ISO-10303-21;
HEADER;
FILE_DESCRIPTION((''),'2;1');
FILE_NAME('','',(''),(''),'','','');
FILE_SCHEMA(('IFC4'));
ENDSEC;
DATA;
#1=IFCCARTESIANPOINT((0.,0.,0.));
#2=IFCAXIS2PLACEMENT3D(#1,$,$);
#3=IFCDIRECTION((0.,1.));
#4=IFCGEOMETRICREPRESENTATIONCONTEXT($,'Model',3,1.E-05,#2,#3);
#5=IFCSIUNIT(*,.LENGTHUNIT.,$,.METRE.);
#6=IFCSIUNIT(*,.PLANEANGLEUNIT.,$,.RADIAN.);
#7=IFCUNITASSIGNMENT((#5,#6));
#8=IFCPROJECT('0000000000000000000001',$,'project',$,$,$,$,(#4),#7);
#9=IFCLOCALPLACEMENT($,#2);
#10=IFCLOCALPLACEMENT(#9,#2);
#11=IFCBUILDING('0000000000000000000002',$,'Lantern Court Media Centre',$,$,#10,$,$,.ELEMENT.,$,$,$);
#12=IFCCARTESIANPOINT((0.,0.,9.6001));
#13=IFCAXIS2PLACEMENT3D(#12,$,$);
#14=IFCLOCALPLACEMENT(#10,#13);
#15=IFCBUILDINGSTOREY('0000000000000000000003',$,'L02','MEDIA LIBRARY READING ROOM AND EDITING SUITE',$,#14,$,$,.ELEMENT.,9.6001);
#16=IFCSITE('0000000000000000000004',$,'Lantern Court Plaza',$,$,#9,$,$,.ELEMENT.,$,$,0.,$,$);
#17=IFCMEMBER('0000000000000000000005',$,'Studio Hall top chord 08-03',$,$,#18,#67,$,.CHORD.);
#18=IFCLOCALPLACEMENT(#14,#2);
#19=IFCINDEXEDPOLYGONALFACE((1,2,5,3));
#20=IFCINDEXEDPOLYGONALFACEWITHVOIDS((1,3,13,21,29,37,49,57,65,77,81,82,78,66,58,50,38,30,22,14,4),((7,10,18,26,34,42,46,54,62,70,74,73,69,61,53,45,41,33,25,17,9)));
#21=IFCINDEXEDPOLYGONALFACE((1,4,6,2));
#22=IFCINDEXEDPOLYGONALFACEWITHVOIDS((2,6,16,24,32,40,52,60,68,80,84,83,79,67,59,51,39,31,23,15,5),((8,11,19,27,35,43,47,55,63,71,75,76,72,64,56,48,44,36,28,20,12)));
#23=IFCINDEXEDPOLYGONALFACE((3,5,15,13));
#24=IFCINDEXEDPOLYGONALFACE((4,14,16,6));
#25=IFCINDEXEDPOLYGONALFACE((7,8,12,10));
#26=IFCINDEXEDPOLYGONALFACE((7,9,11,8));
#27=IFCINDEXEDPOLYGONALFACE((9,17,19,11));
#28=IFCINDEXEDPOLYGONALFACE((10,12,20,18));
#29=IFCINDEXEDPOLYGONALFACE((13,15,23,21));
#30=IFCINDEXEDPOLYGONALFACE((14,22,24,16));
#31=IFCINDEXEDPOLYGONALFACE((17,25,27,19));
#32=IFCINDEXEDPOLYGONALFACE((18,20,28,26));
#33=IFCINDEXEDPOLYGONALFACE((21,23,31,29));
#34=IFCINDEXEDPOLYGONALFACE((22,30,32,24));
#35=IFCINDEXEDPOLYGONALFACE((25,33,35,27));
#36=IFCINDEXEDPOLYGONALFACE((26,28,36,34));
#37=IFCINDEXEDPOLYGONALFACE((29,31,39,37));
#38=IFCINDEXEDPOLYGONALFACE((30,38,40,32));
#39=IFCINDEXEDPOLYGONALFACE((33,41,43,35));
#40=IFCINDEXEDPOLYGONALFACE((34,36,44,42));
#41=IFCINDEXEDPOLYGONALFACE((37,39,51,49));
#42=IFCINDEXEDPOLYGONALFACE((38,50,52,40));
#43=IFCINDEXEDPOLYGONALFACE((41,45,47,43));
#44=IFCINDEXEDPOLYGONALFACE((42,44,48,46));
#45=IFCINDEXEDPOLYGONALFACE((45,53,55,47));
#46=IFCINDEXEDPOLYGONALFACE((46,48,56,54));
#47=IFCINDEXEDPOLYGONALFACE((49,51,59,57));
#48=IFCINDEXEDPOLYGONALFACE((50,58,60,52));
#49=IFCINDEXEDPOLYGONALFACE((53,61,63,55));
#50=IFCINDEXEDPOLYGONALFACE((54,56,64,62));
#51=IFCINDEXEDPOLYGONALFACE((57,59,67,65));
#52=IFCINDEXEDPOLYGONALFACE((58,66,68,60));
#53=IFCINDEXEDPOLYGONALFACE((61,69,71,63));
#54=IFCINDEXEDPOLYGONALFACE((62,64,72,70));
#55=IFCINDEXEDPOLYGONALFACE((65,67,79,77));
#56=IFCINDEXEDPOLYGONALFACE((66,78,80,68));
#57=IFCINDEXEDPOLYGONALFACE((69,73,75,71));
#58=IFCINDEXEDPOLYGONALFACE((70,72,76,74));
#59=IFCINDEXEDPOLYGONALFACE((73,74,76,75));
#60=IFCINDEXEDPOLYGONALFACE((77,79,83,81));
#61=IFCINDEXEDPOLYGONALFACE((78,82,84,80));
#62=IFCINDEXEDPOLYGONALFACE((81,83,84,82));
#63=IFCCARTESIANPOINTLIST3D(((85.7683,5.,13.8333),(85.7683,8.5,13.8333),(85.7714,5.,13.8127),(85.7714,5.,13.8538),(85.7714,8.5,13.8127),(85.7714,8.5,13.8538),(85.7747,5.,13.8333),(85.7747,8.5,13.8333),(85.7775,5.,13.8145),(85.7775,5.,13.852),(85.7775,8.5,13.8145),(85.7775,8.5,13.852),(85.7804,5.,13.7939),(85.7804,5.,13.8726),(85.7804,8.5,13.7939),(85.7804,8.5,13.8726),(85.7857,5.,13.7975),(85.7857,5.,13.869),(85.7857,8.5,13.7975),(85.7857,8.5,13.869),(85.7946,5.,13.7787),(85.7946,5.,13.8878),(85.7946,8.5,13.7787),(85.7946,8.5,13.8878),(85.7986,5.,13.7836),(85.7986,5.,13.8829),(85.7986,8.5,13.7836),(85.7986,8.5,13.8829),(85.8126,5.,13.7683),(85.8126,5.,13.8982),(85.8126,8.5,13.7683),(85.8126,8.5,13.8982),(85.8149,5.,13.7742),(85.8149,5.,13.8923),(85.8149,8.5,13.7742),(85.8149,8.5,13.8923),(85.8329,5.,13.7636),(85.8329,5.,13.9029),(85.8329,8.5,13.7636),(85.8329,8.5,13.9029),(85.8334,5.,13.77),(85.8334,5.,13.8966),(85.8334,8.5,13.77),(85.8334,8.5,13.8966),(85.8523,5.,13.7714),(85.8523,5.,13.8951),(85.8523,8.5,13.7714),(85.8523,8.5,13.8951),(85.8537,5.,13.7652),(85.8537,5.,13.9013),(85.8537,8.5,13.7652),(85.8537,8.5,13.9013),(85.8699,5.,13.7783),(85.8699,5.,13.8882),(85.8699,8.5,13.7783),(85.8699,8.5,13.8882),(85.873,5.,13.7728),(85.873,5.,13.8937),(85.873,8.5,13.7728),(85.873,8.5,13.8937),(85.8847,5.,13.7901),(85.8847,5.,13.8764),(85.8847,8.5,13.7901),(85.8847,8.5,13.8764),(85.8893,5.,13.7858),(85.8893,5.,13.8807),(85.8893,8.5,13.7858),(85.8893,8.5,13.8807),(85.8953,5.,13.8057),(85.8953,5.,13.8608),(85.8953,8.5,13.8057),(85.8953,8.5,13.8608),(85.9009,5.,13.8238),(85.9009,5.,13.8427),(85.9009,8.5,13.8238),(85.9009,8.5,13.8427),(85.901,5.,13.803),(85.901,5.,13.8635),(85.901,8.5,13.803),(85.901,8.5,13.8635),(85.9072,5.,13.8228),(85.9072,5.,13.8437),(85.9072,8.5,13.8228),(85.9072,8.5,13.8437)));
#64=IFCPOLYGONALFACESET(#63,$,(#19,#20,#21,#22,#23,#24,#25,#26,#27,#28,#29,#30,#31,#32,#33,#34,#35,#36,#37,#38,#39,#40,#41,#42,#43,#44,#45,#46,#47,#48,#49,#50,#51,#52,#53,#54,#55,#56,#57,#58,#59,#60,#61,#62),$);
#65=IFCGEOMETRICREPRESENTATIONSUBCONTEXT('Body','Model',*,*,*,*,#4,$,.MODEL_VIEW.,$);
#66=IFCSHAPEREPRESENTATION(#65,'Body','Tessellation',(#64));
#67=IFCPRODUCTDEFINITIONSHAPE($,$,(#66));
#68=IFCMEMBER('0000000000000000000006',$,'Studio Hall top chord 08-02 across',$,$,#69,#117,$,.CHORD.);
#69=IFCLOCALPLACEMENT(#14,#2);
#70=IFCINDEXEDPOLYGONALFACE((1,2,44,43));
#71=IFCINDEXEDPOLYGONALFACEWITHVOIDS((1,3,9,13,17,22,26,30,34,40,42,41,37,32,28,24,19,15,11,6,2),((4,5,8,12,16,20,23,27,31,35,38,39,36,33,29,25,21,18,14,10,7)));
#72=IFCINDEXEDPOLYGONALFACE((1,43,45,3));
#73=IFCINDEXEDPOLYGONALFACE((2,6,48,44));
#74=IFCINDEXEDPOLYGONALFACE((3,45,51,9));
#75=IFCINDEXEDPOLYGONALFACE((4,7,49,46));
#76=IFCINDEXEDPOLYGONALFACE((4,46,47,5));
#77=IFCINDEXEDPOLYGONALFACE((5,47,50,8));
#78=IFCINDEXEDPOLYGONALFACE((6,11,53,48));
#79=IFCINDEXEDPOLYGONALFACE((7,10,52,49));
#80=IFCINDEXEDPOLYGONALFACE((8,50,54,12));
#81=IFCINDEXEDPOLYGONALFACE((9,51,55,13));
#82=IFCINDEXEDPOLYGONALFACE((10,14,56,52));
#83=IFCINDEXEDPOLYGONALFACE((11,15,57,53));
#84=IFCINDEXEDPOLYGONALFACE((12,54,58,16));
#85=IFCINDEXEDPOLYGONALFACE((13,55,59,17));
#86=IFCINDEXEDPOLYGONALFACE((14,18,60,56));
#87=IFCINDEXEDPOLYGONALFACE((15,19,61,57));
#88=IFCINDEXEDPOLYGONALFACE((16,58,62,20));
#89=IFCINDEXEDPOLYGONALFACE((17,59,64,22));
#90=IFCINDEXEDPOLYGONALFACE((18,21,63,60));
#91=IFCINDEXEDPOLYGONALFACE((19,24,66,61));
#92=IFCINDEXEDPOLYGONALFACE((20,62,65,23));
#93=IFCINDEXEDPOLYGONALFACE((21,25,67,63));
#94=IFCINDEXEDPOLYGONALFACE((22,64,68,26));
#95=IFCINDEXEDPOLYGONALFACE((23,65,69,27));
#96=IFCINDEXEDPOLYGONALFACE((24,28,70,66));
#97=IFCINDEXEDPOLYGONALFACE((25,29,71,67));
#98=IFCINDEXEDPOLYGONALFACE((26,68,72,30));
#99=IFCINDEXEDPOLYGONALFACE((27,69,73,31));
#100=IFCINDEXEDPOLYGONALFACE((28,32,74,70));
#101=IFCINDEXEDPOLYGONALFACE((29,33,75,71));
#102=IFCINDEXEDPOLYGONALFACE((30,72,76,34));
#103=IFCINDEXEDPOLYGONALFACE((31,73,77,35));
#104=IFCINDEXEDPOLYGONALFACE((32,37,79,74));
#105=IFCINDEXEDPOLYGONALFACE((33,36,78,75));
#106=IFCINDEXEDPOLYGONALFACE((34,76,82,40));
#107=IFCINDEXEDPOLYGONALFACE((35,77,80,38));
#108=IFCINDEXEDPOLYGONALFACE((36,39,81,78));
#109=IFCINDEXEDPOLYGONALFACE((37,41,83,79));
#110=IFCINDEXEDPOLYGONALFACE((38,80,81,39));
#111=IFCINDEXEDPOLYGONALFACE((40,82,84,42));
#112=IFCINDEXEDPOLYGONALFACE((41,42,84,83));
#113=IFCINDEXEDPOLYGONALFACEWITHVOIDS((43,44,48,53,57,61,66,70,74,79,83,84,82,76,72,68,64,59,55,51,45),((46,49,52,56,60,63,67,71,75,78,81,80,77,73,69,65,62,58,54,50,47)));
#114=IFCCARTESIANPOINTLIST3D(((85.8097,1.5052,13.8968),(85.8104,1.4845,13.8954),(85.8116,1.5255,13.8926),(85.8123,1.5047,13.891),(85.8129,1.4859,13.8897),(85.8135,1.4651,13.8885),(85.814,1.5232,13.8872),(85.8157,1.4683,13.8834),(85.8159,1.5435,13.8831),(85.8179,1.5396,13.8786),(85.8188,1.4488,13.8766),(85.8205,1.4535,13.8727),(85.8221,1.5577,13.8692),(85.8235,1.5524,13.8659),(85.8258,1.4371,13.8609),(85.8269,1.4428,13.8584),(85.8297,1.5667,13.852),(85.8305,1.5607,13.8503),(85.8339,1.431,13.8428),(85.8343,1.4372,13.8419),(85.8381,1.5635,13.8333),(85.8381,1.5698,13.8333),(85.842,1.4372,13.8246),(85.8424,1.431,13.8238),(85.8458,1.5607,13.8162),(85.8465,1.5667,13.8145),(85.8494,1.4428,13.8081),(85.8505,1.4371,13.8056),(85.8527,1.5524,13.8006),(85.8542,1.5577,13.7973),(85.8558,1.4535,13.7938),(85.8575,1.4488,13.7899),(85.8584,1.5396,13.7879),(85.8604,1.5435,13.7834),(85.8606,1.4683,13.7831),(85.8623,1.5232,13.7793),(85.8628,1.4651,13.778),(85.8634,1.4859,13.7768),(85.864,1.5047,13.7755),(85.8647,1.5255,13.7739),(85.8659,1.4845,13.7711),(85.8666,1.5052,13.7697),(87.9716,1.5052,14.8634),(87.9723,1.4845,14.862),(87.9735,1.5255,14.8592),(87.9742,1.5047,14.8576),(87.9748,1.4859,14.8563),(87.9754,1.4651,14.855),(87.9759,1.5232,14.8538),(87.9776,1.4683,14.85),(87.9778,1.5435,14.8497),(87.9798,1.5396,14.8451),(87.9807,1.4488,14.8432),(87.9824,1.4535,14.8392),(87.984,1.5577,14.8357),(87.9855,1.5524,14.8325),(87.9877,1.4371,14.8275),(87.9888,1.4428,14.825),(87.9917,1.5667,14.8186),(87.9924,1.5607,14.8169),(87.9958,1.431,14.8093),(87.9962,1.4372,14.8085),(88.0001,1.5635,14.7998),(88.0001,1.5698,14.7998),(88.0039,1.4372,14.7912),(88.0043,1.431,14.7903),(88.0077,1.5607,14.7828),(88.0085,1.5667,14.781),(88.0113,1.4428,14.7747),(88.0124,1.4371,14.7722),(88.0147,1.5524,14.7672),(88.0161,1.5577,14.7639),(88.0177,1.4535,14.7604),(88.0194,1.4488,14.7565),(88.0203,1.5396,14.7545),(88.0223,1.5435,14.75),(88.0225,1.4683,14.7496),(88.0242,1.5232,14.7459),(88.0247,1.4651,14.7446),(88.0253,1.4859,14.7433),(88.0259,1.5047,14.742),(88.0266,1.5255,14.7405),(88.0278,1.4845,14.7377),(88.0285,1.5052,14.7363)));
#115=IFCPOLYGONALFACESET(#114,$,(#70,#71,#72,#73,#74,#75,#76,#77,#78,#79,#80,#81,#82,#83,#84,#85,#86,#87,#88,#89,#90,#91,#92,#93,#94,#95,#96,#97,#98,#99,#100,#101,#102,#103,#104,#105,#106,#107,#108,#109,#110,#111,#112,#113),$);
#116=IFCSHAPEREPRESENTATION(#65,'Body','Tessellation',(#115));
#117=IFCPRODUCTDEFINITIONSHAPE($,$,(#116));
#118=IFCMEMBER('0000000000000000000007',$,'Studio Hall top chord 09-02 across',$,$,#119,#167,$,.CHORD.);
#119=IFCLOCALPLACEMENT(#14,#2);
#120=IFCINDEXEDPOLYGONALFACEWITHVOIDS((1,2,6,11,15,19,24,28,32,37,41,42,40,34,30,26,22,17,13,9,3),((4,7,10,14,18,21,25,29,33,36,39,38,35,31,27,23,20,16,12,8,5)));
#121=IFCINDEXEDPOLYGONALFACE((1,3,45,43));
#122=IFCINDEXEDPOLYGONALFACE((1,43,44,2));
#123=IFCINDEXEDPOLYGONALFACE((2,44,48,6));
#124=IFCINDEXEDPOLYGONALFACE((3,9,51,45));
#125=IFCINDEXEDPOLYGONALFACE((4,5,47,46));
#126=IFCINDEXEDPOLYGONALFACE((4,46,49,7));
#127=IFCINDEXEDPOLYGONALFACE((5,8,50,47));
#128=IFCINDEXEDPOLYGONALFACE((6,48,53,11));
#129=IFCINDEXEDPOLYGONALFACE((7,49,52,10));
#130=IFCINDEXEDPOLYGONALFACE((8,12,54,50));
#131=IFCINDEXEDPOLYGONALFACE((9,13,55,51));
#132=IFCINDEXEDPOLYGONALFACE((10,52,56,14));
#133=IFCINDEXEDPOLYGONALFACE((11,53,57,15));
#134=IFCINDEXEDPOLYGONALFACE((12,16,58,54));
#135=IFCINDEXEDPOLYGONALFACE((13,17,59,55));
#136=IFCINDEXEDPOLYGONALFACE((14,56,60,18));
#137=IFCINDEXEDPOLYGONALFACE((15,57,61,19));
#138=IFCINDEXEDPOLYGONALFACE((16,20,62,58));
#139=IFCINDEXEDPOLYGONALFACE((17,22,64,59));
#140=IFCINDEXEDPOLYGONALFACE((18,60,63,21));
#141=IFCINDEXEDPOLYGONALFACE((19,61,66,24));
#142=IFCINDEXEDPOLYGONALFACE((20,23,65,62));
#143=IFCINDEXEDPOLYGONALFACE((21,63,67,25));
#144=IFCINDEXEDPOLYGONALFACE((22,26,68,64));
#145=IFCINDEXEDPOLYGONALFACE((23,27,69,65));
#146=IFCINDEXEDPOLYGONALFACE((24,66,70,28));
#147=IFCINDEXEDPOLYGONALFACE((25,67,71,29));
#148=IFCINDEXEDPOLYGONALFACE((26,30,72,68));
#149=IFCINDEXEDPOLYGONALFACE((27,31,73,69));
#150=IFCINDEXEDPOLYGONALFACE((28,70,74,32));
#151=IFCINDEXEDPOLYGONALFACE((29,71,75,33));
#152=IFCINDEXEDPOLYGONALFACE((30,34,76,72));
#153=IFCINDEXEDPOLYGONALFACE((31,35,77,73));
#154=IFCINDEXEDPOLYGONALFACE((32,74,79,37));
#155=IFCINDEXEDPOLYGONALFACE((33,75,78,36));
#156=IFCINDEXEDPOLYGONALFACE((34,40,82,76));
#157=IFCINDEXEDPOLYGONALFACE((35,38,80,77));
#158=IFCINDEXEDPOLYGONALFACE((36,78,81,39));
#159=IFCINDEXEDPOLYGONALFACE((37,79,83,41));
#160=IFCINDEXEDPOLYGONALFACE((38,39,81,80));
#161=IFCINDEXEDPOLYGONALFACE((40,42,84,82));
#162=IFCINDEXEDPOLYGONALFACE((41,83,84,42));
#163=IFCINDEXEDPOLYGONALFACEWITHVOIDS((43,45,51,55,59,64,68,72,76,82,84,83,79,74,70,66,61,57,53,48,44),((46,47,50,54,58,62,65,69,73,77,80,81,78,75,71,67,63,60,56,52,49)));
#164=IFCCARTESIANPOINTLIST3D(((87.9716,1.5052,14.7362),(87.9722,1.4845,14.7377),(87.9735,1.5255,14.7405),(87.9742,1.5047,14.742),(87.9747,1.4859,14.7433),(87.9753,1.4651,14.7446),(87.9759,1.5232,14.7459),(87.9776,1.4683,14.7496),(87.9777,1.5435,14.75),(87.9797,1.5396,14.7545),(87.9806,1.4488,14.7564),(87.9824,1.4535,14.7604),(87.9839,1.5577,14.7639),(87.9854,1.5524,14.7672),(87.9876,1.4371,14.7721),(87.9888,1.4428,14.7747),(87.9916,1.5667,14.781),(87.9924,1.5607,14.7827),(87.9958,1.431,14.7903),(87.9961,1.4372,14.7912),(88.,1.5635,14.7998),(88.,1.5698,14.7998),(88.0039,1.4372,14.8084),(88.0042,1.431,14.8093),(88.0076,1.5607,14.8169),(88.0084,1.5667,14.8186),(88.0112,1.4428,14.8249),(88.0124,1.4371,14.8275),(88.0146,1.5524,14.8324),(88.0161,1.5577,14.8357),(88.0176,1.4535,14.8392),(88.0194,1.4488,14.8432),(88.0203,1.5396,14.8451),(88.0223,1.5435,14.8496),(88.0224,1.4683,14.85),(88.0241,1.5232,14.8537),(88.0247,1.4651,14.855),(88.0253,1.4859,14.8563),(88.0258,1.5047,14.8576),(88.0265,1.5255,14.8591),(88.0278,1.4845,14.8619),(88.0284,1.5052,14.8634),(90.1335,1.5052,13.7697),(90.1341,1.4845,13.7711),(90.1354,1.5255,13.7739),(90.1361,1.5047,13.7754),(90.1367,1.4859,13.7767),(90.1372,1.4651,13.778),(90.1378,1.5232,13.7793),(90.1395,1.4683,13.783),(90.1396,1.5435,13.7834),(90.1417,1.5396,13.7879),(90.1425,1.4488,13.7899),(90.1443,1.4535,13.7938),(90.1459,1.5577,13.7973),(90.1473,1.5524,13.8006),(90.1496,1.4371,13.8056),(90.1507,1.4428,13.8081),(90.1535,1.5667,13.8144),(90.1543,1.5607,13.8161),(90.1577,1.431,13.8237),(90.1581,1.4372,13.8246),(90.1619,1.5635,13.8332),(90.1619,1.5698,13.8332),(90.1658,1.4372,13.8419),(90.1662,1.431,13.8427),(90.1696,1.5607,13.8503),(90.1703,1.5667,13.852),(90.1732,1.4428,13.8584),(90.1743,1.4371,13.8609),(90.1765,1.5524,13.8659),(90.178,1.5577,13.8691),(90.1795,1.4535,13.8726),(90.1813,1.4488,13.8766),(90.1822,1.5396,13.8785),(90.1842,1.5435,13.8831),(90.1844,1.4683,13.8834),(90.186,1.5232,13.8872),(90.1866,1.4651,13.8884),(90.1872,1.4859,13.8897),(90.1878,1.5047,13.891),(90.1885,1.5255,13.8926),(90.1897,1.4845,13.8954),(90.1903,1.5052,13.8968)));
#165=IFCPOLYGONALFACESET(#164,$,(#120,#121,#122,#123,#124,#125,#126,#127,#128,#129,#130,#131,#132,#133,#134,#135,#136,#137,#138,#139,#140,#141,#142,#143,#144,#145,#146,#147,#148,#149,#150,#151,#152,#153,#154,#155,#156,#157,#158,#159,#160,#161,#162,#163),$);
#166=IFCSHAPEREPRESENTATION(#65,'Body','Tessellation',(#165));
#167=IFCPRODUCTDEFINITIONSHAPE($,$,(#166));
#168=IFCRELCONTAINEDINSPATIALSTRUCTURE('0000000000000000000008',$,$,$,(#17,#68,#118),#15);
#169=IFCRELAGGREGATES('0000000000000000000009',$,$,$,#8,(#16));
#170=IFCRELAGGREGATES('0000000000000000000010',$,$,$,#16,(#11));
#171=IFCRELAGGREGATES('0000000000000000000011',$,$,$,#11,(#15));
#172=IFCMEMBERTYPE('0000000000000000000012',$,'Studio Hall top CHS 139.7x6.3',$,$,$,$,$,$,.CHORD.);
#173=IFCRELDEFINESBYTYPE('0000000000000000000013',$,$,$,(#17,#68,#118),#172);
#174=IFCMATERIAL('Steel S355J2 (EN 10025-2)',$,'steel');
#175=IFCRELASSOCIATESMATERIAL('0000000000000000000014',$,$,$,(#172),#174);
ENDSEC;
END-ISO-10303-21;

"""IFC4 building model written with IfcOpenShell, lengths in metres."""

from ifc_helpers import new_model, si_unit, direction, frame, origin, origin_2d, place, context, subcontext, project, spatial, hollow_circle, extrude, material, material_profile, profile_set, type_object, element, save


model = new_model("IFC4")

# Units and contexts
model_context = context("Model", 3, precision=1e-05, world=origin(), true_north=direction((0.0, 1.0)))
body_context = subcontext(model_context, "Body", "Model", "MODEL_VIEW")
ifc_project = project(units=[si_unit("LENGTHUNIT", "METRE"), si_unit("PLANEANGLEUNIT", "RADIAN")], contexts=[model_context])

# Site, building, storey
site_placement = place(None, origin())
site = spatial("IfcSite", under=ifc_project, at=site_placement, Name="Lantern Court Plaza", CompositionType="ELEMENT", RefElevation=0.0)
building_placement = place(site_placement, origin())
building = spatial("IfcBuilding", under=site, at=building_placement, Name="Lantern Court Media Centre", CompositionType="ELEMENT")
storey_placement = place(building_placement, frame((0.0, 0.0, 9.6001)))
storey = spatial("IfcBuildingStorey", under=building, at=storey_placement, Name="L02", Description="MEDIA LIBRARY READING ROOM AND EDITING SUITE", CompositionType="ELEMENT", Elevation=9.6001)

# Members
ifc_material = material(Name="Steel S355J2 (EN 10025-2)", Category="steel")
ifc_material_profile_1 = material_profile(ifc_material, hollow_circle(Radius=0.0698, WallThickness=0.0063, at=origin_2d()), Name="Studio Hall top CHS 139.7x6.3")
ifc_profile_set_1 = profile_set([ifc_material_profile_1], Name="Steel S355J2 (EN 10025-2)")
member_type_1 = type_object("IfcMemberType", Name="Studio Hall top CHS 139.7x6.3", PredefinedType="CHORD", material=ifc_profile_set_1)
for number, where, z_axis, x_axis, name in (
    (1, (85.8381, 5.0, 13.8333), (0.0, 1.0, 0.0), (-1.0, 0.0, 0.0), "Studio Hall top chord 08-03"),
):
    element("IfcMember", number, at=place(storey_placement, frame(where, z_axis=z_axis, x_axis=x_axis)), inside=storey, type_object=member_type_1, Name=name, PredefinedType="CHORD", context=body_context, shape_type="SweptSolid", body=[
        extrude(hollow_circle(Radius=0.0698, WallThickness=0.0063, at=origin_2d()), origin(), (0.0, 0.0, 1.0), 3.5),
    ])
for number, where, z_axis, x_axis, name in (
    (2, (85.8381, 1.5, 13.8333), (0.912912, 0.0, 0.408156), (0.0, 1.0, 0.0), "Studio Hall top chord 08-02 across"),
    (3, (88.0, 1.5, 14.7998), (0.912912, 0.0, -0.408156), (0.0, 1.0, 0.0), "Studio Hall top chord 09-02 across"),
):
    element("IfcMember", number, at=place(storey_placement, frame(where, z_axis=z_axis, x_axis=x_axis)), inside=storey, type_object=member_type_1, Name=name, PredefinedType="CHORD", context=body_context, shape_type="SweptSolid", body=[
        extrude(hollow_circle(Radius=0.0698, WallThickness=0.0063, at=origin_2d()), origin(), (0.0, 0.0, 1.0), 2.3682),
    ])

save(model, "model.ifc")
